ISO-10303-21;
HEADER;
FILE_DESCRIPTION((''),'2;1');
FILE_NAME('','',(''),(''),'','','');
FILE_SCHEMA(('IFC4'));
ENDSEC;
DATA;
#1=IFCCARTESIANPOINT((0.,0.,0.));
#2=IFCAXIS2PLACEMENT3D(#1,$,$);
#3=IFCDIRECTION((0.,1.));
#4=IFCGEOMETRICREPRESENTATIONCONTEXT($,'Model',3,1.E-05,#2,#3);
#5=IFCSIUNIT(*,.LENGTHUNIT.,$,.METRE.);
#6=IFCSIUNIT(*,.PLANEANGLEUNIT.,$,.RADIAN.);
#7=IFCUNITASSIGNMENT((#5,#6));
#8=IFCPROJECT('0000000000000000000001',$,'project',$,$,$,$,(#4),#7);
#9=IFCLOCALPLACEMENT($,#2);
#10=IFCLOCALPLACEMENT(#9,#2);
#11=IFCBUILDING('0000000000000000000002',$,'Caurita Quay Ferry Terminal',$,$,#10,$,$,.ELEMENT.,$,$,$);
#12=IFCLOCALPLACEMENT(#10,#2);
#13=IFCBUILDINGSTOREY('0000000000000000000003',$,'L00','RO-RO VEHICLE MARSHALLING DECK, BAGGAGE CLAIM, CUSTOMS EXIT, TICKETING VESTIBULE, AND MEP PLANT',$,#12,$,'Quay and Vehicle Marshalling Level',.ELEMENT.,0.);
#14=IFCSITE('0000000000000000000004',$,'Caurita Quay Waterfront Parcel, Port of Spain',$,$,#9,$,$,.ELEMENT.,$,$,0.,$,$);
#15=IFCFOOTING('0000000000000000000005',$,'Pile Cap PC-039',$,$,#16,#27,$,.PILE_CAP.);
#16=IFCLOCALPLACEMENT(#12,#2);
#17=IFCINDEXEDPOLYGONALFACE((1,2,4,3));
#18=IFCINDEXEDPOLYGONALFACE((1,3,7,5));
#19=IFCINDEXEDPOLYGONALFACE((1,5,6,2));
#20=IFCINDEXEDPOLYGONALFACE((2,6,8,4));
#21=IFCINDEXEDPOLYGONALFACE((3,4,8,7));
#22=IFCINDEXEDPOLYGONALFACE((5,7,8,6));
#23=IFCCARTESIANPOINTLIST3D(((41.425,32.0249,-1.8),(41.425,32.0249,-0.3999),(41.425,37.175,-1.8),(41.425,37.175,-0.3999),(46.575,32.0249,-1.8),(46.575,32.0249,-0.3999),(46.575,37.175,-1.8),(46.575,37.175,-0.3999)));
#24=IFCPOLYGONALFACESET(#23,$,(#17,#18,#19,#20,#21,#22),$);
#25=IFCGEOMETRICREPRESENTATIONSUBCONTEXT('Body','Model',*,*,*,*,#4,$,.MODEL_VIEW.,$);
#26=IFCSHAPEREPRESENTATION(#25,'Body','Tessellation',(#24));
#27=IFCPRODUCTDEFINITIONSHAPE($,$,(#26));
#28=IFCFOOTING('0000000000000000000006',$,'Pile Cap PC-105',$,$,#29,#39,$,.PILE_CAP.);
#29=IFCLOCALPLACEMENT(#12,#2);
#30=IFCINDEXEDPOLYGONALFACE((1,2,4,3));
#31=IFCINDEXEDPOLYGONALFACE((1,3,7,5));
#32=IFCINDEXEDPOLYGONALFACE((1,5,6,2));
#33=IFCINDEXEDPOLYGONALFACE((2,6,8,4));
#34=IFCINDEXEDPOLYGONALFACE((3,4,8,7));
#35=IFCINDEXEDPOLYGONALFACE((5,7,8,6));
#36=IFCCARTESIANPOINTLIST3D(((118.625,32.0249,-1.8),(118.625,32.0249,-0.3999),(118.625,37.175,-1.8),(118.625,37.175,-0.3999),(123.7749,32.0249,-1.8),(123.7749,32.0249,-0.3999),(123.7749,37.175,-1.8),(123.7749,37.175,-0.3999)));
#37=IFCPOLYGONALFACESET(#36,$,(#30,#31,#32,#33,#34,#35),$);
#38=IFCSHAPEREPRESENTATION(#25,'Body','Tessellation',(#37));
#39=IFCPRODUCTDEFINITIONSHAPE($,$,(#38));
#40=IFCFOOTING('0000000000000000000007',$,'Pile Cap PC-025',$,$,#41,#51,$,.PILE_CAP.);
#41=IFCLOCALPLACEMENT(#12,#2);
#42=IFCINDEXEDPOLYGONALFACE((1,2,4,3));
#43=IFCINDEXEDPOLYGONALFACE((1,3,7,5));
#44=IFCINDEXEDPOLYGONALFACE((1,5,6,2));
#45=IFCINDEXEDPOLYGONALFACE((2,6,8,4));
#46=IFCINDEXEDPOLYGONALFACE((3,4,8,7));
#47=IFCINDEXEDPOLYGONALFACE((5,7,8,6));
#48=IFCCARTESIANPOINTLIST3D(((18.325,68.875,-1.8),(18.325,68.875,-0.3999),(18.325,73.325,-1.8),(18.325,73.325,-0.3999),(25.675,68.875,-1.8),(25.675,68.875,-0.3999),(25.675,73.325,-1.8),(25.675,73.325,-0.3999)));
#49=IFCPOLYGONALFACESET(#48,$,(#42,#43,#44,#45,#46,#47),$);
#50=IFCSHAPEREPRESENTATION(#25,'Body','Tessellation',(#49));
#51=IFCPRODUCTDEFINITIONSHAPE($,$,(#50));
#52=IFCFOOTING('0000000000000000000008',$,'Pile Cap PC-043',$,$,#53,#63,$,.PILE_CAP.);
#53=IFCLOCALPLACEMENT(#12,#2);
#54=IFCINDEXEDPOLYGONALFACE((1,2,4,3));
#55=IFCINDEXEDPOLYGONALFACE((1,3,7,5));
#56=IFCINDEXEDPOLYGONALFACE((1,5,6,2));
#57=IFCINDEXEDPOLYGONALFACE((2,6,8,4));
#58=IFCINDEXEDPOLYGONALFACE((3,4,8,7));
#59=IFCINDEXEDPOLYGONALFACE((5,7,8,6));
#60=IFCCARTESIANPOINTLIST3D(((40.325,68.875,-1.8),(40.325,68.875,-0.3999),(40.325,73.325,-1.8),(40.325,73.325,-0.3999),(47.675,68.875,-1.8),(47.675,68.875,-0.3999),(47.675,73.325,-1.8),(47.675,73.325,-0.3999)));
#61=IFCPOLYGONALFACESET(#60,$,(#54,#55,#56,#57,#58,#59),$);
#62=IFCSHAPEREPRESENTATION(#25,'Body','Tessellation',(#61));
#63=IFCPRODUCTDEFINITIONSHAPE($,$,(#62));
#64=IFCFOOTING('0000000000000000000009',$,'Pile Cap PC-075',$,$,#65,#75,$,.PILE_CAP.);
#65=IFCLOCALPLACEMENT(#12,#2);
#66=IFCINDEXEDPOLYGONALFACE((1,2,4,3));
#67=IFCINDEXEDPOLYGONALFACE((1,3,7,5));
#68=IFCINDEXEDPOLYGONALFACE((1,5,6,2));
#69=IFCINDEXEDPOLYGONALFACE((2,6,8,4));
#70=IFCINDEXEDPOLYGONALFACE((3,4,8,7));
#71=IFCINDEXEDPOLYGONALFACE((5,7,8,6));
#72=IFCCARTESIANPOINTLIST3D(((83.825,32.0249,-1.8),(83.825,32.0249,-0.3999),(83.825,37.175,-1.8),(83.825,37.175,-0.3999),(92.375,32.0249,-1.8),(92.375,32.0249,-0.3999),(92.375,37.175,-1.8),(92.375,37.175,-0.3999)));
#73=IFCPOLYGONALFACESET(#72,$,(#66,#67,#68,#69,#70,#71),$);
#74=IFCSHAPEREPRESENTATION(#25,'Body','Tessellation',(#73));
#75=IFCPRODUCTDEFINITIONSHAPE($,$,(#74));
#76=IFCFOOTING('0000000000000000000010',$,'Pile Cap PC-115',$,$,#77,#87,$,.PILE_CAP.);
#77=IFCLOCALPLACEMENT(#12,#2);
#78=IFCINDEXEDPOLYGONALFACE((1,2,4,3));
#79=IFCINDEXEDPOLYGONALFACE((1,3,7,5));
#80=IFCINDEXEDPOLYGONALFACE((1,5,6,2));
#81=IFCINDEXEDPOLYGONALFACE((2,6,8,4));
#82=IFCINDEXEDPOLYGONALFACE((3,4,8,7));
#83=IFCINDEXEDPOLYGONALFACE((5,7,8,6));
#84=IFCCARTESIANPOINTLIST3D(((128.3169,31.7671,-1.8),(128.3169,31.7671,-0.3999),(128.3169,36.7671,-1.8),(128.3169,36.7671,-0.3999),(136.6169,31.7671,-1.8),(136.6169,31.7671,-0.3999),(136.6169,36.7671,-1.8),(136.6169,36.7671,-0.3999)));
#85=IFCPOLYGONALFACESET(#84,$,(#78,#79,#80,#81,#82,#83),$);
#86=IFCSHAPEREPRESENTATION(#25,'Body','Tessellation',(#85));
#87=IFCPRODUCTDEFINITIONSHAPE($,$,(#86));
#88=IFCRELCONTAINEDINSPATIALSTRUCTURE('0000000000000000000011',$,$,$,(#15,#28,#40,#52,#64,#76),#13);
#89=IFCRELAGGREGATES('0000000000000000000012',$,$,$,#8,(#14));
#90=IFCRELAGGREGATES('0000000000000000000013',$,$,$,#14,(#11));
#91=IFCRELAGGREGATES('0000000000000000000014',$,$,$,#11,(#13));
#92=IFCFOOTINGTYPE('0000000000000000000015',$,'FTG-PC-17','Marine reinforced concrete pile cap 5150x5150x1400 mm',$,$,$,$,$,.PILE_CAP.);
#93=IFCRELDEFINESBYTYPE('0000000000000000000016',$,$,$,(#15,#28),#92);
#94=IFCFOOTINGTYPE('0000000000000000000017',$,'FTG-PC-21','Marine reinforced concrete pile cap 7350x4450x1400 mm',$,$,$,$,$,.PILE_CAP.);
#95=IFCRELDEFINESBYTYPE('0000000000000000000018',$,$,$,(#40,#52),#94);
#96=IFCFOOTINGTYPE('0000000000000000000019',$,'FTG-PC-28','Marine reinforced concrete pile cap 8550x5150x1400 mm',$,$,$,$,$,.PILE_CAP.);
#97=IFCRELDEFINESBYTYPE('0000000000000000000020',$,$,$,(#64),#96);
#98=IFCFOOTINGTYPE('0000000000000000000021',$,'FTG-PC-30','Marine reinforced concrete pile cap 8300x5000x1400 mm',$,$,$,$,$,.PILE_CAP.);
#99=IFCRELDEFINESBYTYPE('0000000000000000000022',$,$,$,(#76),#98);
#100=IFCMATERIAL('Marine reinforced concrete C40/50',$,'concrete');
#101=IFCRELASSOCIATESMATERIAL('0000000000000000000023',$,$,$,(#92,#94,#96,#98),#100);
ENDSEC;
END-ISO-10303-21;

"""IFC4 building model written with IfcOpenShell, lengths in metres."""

from ifc_helpers import new_model, si_unit, direction, frame, origin, place, context, subcontext, project, spatial, polyline, outline, extrude, material, type_object, element, save


model = new_model("IFC4")

# Units and contexts
model_context = context("Model", 3, precision=1e-05, world=origin(), true_north=direction((0.0, 1.0)))
body_context = subcontext(model_context, "Body", "Model", "MODEL_VIEW")
ifc_project = project(units=[si_unit("LENGTHUNIT", "METRE"), si_unit("PLANEANGLEUNIT", "RADIAN")], contexts=[model_context])

# Site, building, storey
site_placement = place(None, origin())
site = spatial("IfcSite", under=ifc_project, at=site_placement, Name="Caurita Quay Waterfront Parcel, Port of Spain", CompositionType="ELEMENT", RefElevation=0.0)
building_placement = place(site_placement, origin())
building = spatial("IfcBuilding", under=site, at=building_placement, Name="Caurita Quay Ferry Terminal", CompositionType="ELEMENT")
storey_placement = place(building_placement, origin())
storey = spatial("IfcBuildingStorey", under=building, at=storey_placement, Name="L00", Description="RO-RO VEHICLE MARSHALLING DECK, BAGGAGE CLAIM, CUSTOMS EXIT, TICKETING VESTIBULE, AND MEP PLANT", LongName="Quay and Vehicle Marshalling Level", CompositionType="ELEMENT", Elevation=0.0)

# Footings
ifc_material = material(Name="Marine reinforced concrete C40/50", Category="concrete")
footing_type_1 = type_object("IfcFootingType", Name="FTG-PC-17", Description="Marine reinforced concrete pile cap 5150x5150x1400 mm", PredefinedType="PILE_CAP", material=ifc_material)
footing_1_placement = place(storey_placement, frame((0.0, 0.0, -1.8)))
element("IfcFooting", 1, at=footing_1_placement, inside=storey, type_object=footing_type_1, Name="Pile Cap PC-039", PredefinedType="PILE_CAP", context=body_context, shape_type="SweptSolid", body=[
    extrude(outline(polyline([(41.425, 32.0249), (46.575, 32.0249), (46.575, 37.175), (41.425, 37.175), (41.425, 32.0249)])), origin(), (0.0, 0.0, 1.0), 1.4001),
])
footing_2_placement = place(storey_placement, frame((0.0, 0.0, -1.8)))
element("IfcFooting", 2, at=footing_2_placement, inside=storey, type_object=footing_type_1, Name="Pile Cap PC-105", PredefinedType="PILE_CAP", context=body_context, shape_type="SweptSolid", body=[
    extrude(outline(polyline([(118.625, 32.0249), (123.7749, 32.0249), (123.7749, 37.175), (118.625, 37.175), (118.625, 32.0249)])), origin(), (0.0, 0.0, 1.0), 1.4001),
])
footing_type_2 = type_object("IfcFootingType", Name="FTG-PC-21", Description="Marine reinforced concrete pile cap 7350x4450x1400 mm", PredefinedType="PILE_CAP", material=ifc_material)
footing_3_placement = place(storey_placement, frame((0.0, 0.0, -1.8)))
element("IfcFooting", 3, at=footing_3_placement, inside=storey, type_object=footing_type_2, Name="Pile Cap PC-025", PredefinedType="PILE_CAP", context=body_context, shape_type="SweptSolid", body=[
    extrude(outline(polyline([(18.325, 68.875), (25.675, 68.875), (25.675, 73.325), (18.325, 73.325), (18.325, 68.875)])), origin(), (0.0, 0.0, 1.0), 1.4001),
])
footing_4_placement = place(storey_placement, frame((0.0, 0.0, -1.8)))
element("IfcFooting", 4, at=footing_4_placement, inside=storey, type_object=footing_type_2, Name="Pile Cap PC-043", PredefinedType="PILE_CAP", context=body_context, shape_type="SweptSolid", body=[
    extrude(outline(polyline([(40.325, 68.875), (47.675, 68.875), (47.675, 73.325), (40.325, 73.325), (40.325, 68.875)])), origin(), (0.0, 0.0, 1.0), 1.4001),
])
footing_type_3 = type_object("IfcFootingType", Name="FTG-PC-28", Description="Marine reinforced concrete pile cap 8550x5150x1400 mm", PredefinedType="PILE_CAP", material=ifc_material)
footing_5_placement = place(storey_placement, frame((0.0, 0.0, -1.8)))
element("IfcFooting", 5, at=footing_5_placement, inside=storey, type_object=footing_type_3, Name="Pile Cap PC-075", PredefinedType="PILE_CAP", context=body_context, shape_type="SweptSolid", body=[
    extrude(outline(polyline([(83.825, 32.0249), (92.375, 32.0249), (92.375, 37.175), (83.825, 37.175), (83.825, 32.0249)])), origin(), (0.0, 0.0, 1.0), 1.4001),
])
footing_type_4 = type_object("IfcFootingType", Name="FTG-PC-30", Description="Marine reinforced concrete pile cap 8300x5000x1400 mm", PredefinedType="PILE_CAP", material=ifc_material)
footing_6_placement = place(storey_placement, frame((0.0, 0.0, -1.8)))
element("IfcFooting", 6, at=footing_6_placement, inside=storey, type_object=footing_type_4, Name="Pile Cap PC-115", PredefinedType="PILE_CAP", context=body_context, shape_type="SweptSolid", body=[
    extrude(outline(polyline([(128.3169, 31.7671), (136.6169, 31.7671), (136.6169, 36.7671), (128.3169, 36.7671), (128.3169, 31.7671)])), origin(), (0.0, 0.0, 1.0), 1.4001),
])

save(model, "model.ifc")
